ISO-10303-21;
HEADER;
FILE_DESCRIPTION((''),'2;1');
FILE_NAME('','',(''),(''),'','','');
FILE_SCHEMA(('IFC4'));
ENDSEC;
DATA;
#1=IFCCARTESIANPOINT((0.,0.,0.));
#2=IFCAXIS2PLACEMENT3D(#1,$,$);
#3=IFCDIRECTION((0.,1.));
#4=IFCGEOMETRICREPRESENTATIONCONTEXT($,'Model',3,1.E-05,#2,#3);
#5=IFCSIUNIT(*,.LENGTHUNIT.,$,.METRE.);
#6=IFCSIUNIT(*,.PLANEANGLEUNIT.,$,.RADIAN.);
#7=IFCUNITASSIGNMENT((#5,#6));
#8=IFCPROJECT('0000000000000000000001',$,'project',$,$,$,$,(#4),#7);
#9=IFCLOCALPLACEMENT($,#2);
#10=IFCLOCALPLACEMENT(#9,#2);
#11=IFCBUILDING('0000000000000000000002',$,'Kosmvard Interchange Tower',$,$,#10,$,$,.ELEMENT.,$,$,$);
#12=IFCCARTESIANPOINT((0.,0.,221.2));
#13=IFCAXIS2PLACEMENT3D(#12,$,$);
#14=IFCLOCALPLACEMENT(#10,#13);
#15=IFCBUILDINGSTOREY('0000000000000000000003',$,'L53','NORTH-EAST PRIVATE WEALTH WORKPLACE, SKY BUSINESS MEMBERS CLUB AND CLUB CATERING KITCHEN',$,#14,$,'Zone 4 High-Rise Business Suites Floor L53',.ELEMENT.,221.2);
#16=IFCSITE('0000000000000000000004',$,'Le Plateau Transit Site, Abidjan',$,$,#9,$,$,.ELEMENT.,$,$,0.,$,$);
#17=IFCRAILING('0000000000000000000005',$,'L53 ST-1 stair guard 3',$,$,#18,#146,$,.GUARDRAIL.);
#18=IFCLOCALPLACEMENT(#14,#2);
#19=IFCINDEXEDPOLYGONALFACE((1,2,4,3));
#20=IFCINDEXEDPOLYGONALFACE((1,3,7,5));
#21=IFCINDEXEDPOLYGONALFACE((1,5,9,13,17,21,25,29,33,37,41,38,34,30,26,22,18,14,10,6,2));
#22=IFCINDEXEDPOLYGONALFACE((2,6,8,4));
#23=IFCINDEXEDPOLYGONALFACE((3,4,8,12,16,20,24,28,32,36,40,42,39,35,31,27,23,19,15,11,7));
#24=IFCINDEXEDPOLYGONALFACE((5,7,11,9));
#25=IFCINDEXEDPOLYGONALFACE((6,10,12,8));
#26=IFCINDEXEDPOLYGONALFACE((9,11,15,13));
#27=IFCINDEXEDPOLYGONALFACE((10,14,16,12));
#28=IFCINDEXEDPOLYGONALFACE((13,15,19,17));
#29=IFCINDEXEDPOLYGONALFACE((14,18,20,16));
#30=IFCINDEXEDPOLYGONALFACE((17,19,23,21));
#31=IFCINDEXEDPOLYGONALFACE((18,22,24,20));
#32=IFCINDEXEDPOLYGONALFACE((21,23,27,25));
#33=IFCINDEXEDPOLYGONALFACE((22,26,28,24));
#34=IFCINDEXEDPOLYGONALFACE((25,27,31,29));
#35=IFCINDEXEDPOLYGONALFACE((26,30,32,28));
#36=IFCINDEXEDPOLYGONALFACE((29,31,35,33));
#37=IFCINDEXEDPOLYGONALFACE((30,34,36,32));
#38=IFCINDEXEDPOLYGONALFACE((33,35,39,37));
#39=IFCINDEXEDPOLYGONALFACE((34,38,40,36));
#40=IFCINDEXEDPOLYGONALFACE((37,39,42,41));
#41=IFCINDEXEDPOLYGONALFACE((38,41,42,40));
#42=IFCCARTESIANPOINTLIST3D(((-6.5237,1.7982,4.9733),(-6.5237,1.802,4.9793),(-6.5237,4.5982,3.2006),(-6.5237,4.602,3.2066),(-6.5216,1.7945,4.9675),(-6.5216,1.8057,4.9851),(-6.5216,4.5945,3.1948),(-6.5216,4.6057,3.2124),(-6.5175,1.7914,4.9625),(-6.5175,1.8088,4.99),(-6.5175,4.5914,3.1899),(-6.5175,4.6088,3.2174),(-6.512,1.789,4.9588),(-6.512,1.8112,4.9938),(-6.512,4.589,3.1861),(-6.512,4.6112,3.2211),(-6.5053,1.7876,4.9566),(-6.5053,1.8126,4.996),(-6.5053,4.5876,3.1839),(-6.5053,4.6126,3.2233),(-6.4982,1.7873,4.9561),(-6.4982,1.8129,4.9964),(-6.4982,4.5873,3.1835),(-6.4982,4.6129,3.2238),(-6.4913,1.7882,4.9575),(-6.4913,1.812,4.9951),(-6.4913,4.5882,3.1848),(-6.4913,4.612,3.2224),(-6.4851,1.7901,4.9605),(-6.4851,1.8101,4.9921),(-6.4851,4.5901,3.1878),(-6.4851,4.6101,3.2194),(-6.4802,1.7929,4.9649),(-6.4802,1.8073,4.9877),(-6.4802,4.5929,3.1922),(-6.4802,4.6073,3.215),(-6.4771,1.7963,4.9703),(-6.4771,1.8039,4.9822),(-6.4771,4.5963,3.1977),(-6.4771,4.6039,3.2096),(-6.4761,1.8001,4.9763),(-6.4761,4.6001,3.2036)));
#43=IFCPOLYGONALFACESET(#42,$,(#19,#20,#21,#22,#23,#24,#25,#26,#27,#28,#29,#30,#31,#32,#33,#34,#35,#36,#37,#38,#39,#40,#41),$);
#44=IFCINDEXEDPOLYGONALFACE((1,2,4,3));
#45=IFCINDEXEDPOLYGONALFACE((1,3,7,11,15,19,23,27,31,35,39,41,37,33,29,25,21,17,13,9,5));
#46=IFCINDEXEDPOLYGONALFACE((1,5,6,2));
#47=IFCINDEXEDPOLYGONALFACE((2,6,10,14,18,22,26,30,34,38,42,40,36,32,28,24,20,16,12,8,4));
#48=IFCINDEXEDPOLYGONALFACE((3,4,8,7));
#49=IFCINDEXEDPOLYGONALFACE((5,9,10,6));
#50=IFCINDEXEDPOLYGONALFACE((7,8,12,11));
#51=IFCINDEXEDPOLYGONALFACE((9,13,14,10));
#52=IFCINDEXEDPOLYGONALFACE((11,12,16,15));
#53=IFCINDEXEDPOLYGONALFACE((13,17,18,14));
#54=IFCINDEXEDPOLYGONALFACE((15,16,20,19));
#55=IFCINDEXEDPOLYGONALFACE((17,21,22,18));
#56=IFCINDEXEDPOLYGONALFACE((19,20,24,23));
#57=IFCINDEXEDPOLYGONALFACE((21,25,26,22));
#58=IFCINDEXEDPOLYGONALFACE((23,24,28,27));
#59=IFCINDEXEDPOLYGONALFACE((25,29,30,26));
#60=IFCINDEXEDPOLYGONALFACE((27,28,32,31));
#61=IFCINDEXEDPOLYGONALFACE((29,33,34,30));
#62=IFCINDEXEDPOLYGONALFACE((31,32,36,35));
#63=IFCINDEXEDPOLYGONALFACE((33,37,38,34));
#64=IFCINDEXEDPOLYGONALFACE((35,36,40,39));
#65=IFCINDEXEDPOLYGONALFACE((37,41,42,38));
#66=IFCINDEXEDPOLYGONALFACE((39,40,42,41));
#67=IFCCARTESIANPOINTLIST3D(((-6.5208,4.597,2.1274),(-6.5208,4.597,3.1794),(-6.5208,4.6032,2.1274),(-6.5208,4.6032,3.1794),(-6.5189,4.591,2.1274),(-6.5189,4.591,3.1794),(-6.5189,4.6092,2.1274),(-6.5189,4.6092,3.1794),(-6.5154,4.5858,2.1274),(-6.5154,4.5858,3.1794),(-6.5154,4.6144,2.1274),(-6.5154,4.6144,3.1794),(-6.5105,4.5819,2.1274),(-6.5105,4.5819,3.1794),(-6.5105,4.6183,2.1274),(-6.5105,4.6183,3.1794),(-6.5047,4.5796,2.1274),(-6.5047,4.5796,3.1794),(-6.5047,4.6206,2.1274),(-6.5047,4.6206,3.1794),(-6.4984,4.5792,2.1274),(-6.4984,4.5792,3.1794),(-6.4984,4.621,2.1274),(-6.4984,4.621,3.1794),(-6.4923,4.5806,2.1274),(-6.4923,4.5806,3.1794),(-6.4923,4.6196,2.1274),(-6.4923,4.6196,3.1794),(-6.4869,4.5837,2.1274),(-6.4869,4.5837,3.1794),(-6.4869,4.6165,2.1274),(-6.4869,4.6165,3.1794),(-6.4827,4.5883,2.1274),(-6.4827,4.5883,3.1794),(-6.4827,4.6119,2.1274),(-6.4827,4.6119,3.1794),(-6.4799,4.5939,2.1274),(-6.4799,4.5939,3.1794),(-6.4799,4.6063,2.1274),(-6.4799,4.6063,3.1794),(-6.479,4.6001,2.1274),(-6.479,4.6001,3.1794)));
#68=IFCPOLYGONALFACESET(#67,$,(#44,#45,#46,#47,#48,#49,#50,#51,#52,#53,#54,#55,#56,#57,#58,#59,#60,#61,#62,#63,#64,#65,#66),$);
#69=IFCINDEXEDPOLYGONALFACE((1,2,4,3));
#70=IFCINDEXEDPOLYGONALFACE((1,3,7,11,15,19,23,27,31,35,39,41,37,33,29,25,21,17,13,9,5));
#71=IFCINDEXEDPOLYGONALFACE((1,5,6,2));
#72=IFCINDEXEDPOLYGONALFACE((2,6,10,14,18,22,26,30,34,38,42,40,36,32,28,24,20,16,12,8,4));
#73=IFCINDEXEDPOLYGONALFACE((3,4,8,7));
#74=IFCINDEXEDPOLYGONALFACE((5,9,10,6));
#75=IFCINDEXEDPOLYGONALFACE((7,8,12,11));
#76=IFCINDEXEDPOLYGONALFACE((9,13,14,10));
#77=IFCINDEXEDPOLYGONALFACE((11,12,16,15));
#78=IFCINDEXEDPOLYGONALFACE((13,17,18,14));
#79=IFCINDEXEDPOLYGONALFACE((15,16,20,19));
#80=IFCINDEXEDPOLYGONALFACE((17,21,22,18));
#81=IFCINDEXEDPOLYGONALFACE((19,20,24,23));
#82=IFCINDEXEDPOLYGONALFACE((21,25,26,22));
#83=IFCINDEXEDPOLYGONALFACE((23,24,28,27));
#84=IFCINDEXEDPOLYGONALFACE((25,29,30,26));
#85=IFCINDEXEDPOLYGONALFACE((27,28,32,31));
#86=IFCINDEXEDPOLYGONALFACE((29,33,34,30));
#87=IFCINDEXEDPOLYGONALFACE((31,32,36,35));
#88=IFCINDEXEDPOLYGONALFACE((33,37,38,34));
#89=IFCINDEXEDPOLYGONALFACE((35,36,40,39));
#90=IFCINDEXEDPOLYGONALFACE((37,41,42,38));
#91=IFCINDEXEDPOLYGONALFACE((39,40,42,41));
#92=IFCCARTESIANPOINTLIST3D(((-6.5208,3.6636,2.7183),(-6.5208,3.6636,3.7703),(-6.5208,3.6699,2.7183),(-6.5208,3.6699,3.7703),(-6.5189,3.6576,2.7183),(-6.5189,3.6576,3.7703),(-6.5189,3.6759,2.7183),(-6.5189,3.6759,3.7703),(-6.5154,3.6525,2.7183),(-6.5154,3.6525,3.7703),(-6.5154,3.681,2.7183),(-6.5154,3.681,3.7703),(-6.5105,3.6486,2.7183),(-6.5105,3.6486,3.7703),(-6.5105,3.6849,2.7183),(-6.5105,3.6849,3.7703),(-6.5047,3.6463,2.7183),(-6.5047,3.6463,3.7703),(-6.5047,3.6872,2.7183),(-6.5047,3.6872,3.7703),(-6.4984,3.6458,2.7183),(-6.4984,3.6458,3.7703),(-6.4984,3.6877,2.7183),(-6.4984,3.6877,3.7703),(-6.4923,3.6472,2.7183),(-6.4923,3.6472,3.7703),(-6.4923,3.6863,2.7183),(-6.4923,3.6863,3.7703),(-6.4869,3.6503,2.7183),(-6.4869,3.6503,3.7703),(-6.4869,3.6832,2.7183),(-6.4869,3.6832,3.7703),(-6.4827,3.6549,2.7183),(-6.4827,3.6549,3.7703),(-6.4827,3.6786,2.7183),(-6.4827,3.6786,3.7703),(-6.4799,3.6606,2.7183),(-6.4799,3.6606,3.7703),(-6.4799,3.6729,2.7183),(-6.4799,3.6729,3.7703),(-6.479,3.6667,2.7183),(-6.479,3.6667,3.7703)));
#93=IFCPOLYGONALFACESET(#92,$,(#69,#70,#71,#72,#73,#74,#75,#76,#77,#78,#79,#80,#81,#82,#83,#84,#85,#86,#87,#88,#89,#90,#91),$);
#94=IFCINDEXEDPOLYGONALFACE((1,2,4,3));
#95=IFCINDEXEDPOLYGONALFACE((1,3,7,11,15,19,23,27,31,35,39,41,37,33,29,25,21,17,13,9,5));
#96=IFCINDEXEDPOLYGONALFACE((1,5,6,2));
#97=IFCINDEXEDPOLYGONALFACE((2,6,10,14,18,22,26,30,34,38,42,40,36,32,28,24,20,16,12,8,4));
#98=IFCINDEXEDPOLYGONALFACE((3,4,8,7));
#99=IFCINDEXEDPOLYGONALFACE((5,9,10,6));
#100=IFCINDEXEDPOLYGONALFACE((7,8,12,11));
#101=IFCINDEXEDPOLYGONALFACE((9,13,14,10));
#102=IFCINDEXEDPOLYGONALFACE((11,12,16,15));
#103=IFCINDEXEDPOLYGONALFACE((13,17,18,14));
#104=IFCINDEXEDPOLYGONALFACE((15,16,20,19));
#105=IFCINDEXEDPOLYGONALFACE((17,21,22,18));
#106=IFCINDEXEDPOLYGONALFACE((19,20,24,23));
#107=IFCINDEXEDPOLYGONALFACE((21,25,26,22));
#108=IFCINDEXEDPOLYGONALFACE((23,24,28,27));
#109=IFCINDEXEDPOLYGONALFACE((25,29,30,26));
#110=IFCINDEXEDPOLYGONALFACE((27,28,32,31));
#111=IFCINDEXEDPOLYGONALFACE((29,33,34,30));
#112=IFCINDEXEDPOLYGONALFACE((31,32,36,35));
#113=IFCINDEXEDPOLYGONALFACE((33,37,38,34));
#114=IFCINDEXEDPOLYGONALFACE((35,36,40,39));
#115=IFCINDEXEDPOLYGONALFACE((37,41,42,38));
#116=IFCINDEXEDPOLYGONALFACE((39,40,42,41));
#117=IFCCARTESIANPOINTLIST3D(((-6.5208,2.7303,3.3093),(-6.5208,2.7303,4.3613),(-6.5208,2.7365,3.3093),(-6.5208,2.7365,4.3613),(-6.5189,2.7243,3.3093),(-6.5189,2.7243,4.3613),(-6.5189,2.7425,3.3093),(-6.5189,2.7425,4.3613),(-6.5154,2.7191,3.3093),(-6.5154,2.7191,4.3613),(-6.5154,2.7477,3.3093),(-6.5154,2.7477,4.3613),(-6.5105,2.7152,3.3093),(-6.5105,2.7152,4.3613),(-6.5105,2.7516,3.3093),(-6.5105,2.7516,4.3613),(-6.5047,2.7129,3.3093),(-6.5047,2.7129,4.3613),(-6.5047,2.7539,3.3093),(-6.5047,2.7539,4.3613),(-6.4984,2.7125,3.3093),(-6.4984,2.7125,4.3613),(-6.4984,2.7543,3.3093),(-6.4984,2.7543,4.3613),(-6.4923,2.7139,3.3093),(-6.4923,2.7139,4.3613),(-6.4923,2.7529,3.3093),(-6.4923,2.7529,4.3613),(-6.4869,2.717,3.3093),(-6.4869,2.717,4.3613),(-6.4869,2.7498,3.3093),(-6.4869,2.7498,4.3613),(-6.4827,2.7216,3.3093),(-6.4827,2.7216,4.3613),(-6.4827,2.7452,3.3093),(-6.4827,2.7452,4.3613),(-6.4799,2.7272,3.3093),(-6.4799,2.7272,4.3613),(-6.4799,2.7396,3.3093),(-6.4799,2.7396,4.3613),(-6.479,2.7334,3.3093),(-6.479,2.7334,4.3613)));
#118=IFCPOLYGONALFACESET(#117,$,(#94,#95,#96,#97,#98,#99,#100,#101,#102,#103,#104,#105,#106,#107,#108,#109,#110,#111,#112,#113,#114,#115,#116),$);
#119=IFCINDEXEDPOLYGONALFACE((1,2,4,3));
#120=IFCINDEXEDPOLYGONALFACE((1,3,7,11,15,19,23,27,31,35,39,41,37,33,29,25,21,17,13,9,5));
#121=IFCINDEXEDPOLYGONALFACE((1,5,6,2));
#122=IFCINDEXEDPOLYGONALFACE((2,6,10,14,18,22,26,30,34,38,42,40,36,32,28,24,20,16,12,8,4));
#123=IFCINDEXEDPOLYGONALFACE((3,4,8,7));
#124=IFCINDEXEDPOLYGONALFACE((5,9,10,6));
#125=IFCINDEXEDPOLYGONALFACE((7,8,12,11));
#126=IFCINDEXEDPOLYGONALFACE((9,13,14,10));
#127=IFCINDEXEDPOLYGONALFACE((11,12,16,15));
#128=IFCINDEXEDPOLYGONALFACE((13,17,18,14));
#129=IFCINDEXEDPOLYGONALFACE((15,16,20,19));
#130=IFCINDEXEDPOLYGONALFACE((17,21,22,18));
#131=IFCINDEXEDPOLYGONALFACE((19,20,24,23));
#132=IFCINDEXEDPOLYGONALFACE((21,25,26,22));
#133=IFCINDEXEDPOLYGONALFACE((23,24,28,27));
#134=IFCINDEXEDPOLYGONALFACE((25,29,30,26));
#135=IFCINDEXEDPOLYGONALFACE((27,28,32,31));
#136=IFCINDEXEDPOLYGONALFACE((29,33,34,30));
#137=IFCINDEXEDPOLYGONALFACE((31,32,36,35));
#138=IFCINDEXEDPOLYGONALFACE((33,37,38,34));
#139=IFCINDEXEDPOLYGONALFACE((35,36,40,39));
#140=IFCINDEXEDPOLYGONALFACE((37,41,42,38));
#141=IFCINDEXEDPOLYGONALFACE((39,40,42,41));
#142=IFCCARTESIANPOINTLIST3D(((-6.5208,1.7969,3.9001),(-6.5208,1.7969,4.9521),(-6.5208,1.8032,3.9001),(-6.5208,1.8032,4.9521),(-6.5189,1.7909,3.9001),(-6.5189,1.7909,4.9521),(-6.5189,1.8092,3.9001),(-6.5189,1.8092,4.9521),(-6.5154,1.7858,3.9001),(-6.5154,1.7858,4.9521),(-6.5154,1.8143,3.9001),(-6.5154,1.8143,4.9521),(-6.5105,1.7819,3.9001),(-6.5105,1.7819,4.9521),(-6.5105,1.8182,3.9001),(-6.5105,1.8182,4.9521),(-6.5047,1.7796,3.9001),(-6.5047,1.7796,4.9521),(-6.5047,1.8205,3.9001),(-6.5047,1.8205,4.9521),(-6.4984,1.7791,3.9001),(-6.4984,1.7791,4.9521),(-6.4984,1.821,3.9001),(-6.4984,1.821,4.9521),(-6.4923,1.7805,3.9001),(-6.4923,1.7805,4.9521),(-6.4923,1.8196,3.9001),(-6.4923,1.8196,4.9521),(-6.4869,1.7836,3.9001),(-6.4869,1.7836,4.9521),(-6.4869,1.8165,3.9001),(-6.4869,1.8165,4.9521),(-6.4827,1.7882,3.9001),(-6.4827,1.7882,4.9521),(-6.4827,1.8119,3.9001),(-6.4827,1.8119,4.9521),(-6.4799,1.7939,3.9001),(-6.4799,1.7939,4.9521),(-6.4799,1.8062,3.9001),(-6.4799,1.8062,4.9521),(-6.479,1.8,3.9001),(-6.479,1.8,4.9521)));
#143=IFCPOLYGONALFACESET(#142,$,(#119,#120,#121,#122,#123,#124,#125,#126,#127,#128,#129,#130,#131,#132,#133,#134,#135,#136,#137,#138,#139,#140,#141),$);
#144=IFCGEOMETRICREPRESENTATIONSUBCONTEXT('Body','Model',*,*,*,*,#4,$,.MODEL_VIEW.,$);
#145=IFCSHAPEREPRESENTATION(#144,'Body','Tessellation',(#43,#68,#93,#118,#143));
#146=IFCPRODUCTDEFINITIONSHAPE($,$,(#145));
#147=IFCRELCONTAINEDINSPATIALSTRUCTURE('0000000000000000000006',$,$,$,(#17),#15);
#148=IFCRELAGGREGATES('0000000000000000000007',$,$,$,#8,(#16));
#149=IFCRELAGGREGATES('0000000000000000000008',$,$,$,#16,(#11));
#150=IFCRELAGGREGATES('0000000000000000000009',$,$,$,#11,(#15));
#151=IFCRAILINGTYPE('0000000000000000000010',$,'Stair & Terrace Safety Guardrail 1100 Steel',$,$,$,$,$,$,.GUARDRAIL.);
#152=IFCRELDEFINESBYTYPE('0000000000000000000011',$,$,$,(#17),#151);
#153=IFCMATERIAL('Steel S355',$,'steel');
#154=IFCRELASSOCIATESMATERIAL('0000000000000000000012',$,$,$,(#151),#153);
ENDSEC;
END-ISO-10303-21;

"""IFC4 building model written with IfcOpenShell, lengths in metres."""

from ifc_helpers import new_model, si_unit, direction, frame, origin, origin_2d, place, context, subcontext, project, spatial, circle, extrude, source, transform, mapped, material, type_object, element, save


model = new_model("IFC4")

# Units and contexts
model_context = context("Model", 3, precision=1e-05, world=origin(), true_north=direction((0.0, 1.0)))
body_context = subcontext(model_context, "Body", "Model", "MODEL_VIEW")
ifc_project = project(units=[si_unit("LENGTHUNIT", "METRE"), si_unit("PLANEANGLEUNIT", "RADIAN")], contexts=[model_context])

# Site, building, storey
site_placement = place(None, origin())
site = spatial("IfcSite", under=ifc_project, at=site_placement, Name="Le Plateau Transit Site, Abidjan", CompositionType="ELEMENT", RefElevation=0.0)
building_placement = place(site_placement, origin())
building = spatial("IfcBuilding", under=site, at=building_placement, Name="Kosmvard Interchange Tower", CompositionType="ELEMENT")
storey_placement = place(building_placement, frame((0.0, 0.0, 221.2)))
storey = spatial("IfcBuildingStorey", under=building, at=storey_placement, Name="L53", Description="NORTH-EAST PRIVATE WEALTH WORKPLACE, SKY BUSINESS MEMBERS CLUB AND CLUB CATERING KITCHEN", LongName="Zone 4 High-Rise Business Suites Floor L53", CompositionType="ELEMENT", Elevation=221.2)

# Shared definitions
ifc_material_1 = material(Name="Steel S355", Category="steel")

# Railing
railing_type_1 = type_object("IfcRailingType", Name="Stair & Terrace Safety Guardrail 1100 Steel", PredefinedType="GUARDRAIL", material=ifc_material_1)
shared_shape_1 = source(origin(), body_context, "Body", "SweptSolid", [
    extrude(circle(Radius=0.0239, at=origin_2d()), frame((0.0, 0.0, 1.0762), z_axis=(0.0, -0.844909, 0.53491), x_axis=(1.0, 0.0, 0.0)), (0.0, 0.0, 1.0), 3.314),
    extrude(circle(Radius=0.021, at=origin_2d()), origin(), (0.0, 0.0, 1.0), 1.052),
    extrude(circle(Radius=0.021, at=origin_2d()), frame((0.0, -0.9333, 0.5908)), (0.0, 0.0, 1.0), 1.052),
    extrude(circle(Radius=0.021, at=origin_2d()), frame((0.0, -1.8667, 1.1819)), (0.0, 0.0, 1.0), 1.052),
    extrude(circle(Radius=0.021, at=origin_2d()), frame((0.0, -2.8, 1.7727)), (0.0, 0.0, 1.0), 1.052),
])
railing_1_placement = place(storey_placement, frame((-6.5, 4.6001, 2.1274)))
element("IfcRailing", 1, at=railing_1_placement, inside=storey, type_object=railing_type_1, Name="L53 ST-1 stair guard 3", PredefinedType="GUARDRAIL", context=body_context, shape_type="MappedRepresentation", body=[
    mapped(shared_shape_1, transform((0.0, 0.0, 0.0), scale=1.0)),
])

save(model, "model.ifc")
